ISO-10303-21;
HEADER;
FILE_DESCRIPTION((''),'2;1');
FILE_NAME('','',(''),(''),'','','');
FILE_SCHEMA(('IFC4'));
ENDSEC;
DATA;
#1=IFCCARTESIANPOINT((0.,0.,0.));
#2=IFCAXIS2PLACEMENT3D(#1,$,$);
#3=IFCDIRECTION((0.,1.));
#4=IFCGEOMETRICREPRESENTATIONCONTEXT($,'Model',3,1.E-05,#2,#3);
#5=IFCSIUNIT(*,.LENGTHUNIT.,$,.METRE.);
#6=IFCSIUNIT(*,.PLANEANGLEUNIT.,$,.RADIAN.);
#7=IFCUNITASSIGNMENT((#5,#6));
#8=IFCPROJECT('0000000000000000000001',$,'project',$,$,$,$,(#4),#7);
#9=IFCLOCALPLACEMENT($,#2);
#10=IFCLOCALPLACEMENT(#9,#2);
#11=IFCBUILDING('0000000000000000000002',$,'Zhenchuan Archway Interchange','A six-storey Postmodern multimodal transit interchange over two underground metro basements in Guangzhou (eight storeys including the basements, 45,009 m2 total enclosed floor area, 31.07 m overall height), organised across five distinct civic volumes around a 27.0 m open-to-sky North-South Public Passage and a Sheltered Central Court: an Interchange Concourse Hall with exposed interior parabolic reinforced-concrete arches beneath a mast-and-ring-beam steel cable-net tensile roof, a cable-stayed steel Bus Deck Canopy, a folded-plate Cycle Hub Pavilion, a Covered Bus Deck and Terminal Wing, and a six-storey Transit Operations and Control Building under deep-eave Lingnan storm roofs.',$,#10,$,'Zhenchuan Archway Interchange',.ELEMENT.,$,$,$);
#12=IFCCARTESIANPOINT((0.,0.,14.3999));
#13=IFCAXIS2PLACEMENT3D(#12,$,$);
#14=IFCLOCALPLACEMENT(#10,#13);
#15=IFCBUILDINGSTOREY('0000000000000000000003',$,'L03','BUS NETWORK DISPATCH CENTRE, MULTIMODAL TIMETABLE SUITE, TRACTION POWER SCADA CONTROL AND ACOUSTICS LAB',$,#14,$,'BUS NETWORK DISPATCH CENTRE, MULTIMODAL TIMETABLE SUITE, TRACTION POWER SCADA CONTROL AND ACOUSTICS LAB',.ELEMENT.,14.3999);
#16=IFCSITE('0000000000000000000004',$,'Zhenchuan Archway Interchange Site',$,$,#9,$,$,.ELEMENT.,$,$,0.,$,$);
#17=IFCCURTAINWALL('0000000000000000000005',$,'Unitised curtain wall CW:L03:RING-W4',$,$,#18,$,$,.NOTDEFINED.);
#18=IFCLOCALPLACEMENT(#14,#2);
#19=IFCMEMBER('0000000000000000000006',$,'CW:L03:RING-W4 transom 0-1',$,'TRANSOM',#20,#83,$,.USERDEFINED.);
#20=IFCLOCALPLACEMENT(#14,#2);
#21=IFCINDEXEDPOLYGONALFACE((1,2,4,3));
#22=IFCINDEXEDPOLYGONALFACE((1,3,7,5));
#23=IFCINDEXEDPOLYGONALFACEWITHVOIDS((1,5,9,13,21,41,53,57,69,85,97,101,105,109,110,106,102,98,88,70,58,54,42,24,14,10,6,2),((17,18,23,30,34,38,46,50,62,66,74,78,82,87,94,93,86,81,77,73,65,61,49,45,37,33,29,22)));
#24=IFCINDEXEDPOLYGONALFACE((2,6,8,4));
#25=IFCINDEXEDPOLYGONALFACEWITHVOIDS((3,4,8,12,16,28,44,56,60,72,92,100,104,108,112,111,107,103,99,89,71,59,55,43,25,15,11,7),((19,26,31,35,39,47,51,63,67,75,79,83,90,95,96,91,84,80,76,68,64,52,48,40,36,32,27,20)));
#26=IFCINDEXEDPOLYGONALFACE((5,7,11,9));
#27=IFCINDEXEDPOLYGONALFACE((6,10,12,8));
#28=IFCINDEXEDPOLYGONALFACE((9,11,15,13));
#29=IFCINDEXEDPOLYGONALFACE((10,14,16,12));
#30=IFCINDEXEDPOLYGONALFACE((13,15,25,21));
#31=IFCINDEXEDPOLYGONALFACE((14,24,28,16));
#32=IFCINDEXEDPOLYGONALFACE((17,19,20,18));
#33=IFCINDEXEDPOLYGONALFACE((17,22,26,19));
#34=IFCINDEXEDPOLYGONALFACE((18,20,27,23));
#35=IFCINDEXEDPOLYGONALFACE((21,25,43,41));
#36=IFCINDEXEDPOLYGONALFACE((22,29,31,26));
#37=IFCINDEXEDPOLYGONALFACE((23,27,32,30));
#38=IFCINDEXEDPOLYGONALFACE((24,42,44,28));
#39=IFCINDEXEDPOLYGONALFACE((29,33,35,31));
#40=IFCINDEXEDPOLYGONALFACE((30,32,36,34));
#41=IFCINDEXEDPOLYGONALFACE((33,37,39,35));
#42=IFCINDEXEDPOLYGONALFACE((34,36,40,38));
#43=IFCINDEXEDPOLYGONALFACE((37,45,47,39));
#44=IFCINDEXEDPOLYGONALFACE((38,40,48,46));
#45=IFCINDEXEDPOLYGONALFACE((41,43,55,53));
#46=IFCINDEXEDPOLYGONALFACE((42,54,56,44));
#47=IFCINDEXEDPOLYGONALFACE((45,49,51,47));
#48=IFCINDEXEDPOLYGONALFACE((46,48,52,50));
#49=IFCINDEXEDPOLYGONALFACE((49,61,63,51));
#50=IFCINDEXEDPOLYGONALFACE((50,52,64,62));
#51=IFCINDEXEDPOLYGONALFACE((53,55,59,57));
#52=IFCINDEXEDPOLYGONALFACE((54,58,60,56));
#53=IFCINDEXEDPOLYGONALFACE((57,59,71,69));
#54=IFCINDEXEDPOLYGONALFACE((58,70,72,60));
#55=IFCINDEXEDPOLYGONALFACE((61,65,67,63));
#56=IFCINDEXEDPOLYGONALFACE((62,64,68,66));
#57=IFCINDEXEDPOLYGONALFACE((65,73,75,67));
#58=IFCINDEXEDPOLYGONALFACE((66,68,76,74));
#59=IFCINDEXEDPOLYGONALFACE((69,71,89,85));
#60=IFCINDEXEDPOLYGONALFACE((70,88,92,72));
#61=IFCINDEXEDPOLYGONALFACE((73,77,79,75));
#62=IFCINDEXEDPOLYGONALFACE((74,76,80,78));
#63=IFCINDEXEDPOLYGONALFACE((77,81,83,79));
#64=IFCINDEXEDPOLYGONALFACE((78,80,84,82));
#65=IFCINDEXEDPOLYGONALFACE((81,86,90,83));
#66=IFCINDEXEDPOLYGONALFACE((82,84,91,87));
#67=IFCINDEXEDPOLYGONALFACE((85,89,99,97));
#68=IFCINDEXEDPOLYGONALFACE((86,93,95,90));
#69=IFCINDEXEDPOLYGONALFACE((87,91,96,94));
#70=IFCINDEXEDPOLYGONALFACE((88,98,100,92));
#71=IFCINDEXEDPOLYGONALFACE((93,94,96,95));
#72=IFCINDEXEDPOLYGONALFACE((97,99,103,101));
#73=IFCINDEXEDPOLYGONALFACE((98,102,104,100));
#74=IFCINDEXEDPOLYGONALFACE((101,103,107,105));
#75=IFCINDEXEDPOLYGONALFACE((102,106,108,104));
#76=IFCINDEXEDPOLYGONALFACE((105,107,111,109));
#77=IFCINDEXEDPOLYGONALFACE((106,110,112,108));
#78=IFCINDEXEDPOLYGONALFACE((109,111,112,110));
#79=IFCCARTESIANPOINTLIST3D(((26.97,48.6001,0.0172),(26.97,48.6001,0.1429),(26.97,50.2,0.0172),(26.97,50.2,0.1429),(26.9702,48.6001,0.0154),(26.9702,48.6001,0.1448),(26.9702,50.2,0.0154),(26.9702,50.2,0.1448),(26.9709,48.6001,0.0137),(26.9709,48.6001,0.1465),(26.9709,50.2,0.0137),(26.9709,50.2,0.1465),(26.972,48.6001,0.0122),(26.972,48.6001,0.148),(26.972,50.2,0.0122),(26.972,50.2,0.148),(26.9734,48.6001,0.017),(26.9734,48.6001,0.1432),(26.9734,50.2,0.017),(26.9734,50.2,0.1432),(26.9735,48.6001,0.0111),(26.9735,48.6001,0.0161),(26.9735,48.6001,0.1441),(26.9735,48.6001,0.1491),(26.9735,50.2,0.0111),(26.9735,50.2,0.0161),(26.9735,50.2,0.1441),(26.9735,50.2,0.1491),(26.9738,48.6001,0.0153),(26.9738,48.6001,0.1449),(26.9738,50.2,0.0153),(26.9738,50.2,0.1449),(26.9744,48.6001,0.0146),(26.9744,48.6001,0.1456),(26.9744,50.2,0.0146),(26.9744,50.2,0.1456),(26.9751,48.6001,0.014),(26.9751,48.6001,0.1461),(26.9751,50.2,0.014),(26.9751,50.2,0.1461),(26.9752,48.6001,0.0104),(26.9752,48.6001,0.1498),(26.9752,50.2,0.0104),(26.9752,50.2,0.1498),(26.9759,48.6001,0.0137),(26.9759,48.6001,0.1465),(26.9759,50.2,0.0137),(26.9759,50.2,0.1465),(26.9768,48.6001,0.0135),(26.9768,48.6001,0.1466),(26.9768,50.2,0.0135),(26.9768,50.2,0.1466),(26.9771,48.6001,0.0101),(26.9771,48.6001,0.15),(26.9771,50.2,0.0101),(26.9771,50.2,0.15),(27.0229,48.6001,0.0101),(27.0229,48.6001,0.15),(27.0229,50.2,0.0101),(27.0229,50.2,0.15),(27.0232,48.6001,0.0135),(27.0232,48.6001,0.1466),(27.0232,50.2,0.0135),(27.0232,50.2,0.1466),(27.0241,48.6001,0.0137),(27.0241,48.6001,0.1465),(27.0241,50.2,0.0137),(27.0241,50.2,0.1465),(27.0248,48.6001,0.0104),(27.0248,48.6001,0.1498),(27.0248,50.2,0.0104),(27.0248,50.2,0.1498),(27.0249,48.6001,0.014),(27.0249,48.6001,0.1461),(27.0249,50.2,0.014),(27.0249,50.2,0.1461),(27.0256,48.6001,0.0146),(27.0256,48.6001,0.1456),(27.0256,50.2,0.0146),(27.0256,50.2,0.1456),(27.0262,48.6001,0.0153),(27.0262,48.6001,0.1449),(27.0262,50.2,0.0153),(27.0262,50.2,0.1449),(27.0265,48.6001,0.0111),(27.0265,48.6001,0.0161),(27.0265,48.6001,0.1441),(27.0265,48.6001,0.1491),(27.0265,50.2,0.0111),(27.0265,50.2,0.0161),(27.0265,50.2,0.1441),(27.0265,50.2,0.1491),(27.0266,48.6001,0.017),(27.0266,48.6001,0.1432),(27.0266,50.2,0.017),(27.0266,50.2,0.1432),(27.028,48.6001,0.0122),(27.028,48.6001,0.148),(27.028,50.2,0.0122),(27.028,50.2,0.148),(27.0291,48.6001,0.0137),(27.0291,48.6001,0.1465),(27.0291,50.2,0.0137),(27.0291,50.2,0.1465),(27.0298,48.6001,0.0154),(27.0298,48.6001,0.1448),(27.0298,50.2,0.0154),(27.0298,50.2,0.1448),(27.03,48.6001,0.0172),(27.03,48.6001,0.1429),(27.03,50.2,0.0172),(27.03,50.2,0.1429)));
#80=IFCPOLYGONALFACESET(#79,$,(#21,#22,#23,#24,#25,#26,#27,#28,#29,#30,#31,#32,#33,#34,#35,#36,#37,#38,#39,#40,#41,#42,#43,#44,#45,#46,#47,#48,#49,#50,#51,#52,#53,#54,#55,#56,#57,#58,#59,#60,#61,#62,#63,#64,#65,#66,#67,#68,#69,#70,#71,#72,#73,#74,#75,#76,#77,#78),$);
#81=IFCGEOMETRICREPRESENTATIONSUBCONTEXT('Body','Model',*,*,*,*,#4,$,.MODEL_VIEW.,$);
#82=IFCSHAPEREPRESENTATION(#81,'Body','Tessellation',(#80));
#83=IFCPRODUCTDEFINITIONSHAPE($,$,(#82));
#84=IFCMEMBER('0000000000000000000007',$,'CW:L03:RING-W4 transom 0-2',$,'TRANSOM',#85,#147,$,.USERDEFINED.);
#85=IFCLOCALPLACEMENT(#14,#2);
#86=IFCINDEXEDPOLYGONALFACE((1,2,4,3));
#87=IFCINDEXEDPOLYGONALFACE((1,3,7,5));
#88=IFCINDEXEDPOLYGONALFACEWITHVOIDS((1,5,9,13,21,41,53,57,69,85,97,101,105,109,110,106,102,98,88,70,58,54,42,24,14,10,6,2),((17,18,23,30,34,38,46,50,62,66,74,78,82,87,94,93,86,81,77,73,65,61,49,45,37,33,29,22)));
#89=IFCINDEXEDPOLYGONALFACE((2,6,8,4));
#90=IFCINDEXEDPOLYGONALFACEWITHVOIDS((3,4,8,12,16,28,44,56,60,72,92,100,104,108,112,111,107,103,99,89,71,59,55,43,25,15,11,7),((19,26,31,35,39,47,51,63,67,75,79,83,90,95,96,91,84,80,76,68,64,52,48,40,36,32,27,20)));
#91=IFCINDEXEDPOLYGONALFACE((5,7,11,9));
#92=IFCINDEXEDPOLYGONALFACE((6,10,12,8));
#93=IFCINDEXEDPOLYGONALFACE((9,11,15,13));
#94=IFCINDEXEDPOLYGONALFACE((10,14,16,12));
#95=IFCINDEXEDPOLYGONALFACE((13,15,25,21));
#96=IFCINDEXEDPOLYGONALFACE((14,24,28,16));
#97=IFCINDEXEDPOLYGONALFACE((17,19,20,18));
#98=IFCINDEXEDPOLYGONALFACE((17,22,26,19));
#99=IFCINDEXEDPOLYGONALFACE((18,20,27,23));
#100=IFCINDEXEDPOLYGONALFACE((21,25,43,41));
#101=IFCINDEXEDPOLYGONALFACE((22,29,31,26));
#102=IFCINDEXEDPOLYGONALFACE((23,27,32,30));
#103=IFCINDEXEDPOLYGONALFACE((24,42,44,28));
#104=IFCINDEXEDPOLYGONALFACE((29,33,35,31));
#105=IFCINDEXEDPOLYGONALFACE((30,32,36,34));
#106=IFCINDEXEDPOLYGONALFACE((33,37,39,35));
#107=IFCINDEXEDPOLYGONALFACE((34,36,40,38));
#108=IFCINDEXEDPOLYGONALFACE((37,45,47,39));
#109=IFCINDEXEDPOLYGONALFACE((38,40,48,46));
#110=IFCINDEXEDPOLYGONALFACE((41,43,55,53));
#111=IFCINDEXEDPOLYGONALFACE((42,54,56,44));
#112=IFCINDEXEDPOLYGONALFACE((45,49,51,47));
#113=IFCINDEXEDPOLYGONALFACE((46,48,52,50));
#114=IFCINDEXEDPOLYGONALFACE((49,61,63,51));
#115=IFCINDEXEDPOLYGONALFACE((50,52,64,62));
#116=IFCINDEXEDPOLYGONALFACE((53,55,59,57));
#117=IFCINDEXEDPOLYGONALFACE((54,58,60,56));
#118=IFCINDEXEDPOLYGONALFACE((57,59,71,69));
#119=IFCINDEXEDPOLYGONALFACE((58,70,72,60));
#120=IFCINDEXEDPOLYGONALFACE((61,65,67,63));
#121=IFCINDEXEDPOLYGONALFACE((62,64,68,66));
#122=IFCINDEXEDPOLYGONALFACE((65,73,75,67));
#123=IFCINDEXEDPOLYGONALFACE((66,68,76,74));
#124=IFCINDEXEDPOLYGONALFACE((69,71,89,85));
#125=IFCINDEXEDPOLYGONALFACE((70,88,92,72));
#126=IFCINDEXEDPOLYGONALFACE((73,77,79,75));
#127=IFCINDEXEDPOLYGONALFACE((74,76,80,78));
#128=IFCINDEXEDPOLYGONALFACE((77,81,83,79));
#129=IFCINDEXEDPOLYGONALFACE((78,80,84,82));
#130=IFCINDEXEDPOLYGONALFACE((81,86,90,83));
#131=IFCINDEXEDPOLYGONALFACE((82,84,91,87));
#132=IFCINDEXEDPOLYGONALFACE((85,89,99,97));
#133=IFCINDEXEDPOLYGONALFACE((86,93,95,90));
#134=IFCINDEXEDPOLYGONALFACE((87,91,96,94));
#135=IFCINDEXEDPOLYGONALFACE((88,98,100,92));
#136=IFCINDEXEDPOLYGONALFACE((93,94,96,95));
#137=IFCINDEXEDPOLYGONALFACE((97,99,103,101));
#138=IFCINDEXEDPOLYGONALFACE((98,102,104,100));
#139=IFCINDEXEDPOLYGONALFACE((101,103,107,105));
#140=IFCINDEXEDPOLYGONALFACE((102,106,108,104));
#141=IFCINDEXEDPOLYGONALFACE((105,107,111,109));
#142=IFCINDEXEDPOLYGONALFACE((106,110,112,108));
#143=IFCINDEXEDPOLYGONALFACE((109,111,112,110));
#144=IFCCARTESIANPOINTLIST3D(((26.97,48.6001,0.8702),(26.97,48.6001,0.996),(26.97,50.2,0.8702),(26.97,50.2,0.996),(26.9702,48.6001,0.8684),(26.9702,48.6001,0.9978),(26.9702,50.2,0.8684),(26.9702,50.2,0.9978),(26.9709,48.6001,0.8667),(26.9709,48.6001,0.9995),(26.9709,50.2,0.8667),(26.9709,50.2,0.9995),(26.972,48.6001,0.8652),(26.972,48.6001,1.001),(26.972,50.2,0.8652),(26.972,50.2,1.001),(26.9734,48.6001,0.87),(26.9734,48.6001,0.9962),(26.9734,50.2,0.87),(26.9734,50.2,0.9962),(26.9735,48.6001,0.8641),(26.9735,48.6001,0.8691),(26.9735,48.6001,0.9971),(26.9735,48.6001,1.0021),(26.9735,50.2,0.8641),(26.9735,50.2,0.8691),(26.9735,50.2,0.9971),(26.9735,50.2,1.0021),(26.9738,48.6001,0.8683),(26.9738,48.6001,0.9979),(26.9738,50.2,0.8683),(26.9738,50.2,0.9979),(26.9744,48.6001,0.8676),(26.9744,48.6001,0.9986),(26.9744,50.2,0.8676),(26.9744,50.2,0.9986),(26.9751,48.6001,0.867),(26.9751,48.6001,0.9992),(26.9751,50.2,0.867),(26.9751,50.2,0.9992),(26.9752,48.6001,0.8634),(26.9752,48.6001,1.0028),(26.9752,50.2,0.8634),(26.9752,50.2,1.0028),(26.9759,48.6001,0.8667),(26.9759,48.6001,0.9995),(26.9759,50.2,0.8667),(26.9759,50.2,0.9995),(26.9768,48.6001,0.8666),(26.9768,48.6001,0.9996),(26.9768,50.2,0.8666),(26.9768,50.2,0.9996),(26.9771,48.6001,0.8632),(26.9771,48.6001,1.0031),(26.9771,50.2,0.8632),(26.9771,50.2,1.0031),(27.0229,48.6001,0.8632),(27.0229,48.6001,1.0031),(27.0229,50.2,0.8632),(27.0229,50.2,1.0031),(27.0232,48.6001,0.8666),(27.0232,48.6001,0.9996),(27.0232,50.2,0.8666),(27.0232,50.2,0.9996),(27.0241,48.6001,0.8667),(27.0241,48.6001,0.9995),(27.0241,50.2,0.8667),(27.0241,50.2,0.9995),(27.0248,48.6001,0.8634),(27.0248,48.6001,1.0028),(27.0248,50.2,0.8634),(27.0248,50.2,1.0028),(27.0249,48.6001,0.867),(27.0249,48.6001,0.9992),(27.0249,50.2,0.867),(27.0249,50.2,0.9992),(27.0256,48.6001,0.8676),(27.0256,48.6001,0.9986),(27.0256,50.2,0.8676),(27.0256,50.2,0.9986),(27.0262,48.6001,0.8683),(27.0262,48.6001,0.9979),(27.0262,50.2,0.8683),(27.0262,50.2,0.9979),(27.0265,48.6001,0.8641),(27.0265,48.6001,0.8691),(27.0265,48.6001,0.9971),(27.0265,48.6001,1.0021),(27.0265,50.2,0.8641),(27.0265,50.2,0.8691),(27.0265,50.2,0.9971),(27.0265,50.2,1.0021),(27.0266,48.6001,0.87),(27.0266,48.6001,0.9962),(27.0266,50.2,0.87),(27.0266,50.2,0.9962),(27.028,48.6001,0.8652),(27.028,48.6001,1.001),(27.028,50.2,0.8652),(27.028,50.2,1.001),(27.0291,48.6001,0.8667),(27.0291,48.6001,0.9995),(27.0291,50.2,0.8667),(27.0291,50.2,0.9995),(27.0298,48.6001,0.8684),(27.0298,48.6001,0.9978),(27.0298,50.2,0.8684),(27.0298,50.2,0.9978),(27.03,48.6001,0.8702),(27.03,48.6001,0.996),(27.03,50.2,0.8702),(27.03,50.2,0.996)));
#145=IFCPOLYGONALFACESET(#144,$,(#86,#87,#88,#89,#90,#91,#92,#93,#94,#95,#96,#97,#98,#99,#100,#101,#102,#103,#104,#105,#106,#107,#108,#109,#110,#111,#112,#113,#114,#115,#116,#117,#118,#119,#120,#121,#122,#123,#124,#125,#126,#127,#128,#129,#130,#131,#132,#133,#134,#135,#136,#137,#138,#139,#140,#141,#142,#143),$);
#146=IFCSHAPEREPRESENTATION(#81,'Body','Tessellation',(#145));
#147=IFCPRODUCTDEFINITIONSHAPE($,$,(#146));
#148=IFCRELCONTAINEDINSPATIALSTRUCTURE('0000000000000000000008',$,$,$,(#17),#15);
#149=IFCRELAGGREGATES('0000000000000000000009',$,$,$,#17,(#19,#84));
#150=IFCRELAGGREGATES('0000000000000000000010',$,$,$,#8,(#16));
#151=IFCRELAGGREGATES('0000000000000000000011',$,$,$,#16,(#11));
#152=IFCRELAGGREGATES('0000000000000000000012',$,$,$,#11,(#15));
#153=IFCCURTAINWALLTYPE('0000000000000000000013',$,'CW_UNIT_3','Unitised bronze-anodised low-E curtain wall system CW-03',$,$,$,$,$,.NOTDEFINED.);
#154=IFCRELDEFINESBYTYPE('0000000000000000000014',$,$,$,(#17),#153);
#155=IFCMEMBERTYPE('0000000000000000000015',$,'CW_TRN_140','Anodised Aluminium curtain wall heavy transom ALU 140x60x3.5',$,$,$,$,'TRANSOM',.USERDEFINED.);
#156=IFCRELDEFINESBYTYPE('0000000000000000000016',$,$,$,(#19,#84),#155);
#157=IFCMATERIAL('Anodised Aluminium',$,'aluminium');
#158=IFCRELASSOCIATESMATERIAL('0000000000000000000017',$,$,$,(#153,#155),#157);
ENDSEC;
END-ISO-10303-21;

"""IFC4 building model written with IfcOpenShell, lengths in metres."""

from ifc_helpers import new_model, si_unit, direction, frame, origin, origin_2d, place, context, subcontext, project, spatial, hollow_rectangle, extrude, material, material_profile, profile_set, type_object, element, aggregate, save


model = new_model("IFC4")

# Units and contexts
model_context = context("Model", 3, precision=1e-05, world=origin(), true_north=direction((0.0, 1.0)))
body_context = subcontext(model_context, "Body", "Model", "MODEL_VIEW")
ifc_project = project(units=[si_unit("LENGTHUNIT", "METRE"), si_unit("PLANEANGLEUNIT", "RADIAN")], contexts=[model_context])

# Site, building, storey
site_placement = place(None, origin())
site = spatial("IfcSite", under=ifc_project, at=site_placement, Name="Zhenchuan Archway Interchange Site", CompositionType="ELEMENT", RefElevation=0.0)
building_placement = place(site_placement, origin())
building = spatial("IfcBuilding", under=site, at=building_placement, Name="Zhenchuan Archway Interchange", Description="A six-storey Postmodern multimodal transit interchange over two underground metro basements in Guangzhou (eight storeys including the basements, 45,009 m2 total enclosed floor area, 31.07 m overall height), organised across five distinct civic volumes around a 27.0 m open-to-sky North-South Public Passage and a Sheltered Central Court: an Interchange Concourse Hall with exposed interior parabolic reinforced-concrete arches beneath a mast-and-ring-beam steel cable-net tensile roof, a cable-stayed steel Bus Deck Canopy, a folded-plate Cycle Hub Pavilion, a Covered Bus Deck and Terminal Wing, and a six-storey Transit Operations and Control Building under deep-eave Lingnan storm roofs.", LongName="Zhenchuan Archway Interchange", CompositionType="ELEMENT")
storey_placement = place(building_placement, frame((0.0, 0.0, 14.3999)))
storey = spatial("IfcBuildingStorey", under=building, at=storey_placement, Name="L03", Description="BUS NETWORK DISPATCH CENTRE, MULTIMODAL TIMETABLE SUITE, TRACTION POWER SCADA CONTROL AND ACOUSTICS LAB", LongName="BUS NETWORK DISPATCH CENTRE, MULTIMODAL TIMETABLE SUITE, TRACTION POWER SCADA CONTROL AND ACOUSTICS LAB", CompositionType="ELEMENT", Elevation=14.3999)

# Shared definitions
ifc_material_1 = material(Name="Anodised Aluminium", Category="aluminium")
curtain_wall_type = type_object("IfcCurtainWallType", Name="CW_UNIT_3", Description="Unitised bronze-anodised low-E curtain wall system CW-03", PredefinedType="NOTDEFINED", material=ifc_material_1)

# Curtain wall, members
curtain_wall_1_placement = place(storey_placement, origin())
curtain_wall_1 = element("IfcCurtainWall", 1, at=curtain_wall_1_placement, inside=storey, type_object=curtain_wall_type, Name="Unitised curtain wall CW:L03:RING-W4", PredefinedType="NOTDEFINED")
ifc_material_profile_1 = material_profile(ifc_material_1, hollow_rectangle(XDim=0.0601, YDim=0.1399, WallThickness=0.0034, InnerFilletRadius=0.0034, OuterFilletRadius=0.0071, at=origin_2d()), Name="ALU 140x60x3.5")
ifc_profile_set_1 = profile_set([ifc_material_profile_1], Name="Anodised Aluminium")
member_type_1 = type_object("IfcMemberType", Name="CW_TRN_140", Description="Anodised Aluminium curtain wall heavy transom ALU 140x60x3.5", ElementType="TRANSOM", PredefinedType="USERDEFINED", material=ifc_profile_set_1)
member_1_placement = place(storey_placement, frame((27.0, 48.6001, 0.0801), z_axis=(0.0, 1.0, 0.0), x_axis=(-1.0, 0.0, 0.0)))
member_1 = element("IfcMember", 2, at=member_1_placement, type_object=member_type_1, Name="CW:L03:RING-W4 transom 0-1", ObjectType="TRANSOM", PredefinedType="USERDEFINED", context=body_context, shape_type="SweptSolid", body=[
    extrude(hollow_rectangle(XDim=0.0601, YDim=0.1399, WallThickness=0.0034, InnerFilletRadius=0.0034, OuterFilletRadius=0.0071, at=origin_2d()), origin(), (0.0, 0.0, 1.0), 1.5999),
])
member_2_placement = place(storey_placement, frame((27.0, 48.6001, 0.9331), z_axis=(0.0, 1.0, 0.0), x_axis=(-1.0, 0.0, 0.0)))
member_2 = element("IfcMember", 3, at=member_2_placement, type_object=member_type_1, Name="CW:L03:RING-W4 transom 0-2", ObjectType="TRANSOM", PredefinedType="USERDEFINED", context=body_context, shape_type="SweptSolid", body=[
    extrude(hollow_rectangle(XDim=0.0601, YDim=0.1399, WallThickness=0.0034, InnerFilletRadius=0.0034, OuterFilletRadius=0.0071, at=origin_2d()), origin(), (0.0, 0.0, 1.0), 1.5999),
])

aggregate(curtain_wall_1, [member_1, member_2])

save(model, "model.ifc")
